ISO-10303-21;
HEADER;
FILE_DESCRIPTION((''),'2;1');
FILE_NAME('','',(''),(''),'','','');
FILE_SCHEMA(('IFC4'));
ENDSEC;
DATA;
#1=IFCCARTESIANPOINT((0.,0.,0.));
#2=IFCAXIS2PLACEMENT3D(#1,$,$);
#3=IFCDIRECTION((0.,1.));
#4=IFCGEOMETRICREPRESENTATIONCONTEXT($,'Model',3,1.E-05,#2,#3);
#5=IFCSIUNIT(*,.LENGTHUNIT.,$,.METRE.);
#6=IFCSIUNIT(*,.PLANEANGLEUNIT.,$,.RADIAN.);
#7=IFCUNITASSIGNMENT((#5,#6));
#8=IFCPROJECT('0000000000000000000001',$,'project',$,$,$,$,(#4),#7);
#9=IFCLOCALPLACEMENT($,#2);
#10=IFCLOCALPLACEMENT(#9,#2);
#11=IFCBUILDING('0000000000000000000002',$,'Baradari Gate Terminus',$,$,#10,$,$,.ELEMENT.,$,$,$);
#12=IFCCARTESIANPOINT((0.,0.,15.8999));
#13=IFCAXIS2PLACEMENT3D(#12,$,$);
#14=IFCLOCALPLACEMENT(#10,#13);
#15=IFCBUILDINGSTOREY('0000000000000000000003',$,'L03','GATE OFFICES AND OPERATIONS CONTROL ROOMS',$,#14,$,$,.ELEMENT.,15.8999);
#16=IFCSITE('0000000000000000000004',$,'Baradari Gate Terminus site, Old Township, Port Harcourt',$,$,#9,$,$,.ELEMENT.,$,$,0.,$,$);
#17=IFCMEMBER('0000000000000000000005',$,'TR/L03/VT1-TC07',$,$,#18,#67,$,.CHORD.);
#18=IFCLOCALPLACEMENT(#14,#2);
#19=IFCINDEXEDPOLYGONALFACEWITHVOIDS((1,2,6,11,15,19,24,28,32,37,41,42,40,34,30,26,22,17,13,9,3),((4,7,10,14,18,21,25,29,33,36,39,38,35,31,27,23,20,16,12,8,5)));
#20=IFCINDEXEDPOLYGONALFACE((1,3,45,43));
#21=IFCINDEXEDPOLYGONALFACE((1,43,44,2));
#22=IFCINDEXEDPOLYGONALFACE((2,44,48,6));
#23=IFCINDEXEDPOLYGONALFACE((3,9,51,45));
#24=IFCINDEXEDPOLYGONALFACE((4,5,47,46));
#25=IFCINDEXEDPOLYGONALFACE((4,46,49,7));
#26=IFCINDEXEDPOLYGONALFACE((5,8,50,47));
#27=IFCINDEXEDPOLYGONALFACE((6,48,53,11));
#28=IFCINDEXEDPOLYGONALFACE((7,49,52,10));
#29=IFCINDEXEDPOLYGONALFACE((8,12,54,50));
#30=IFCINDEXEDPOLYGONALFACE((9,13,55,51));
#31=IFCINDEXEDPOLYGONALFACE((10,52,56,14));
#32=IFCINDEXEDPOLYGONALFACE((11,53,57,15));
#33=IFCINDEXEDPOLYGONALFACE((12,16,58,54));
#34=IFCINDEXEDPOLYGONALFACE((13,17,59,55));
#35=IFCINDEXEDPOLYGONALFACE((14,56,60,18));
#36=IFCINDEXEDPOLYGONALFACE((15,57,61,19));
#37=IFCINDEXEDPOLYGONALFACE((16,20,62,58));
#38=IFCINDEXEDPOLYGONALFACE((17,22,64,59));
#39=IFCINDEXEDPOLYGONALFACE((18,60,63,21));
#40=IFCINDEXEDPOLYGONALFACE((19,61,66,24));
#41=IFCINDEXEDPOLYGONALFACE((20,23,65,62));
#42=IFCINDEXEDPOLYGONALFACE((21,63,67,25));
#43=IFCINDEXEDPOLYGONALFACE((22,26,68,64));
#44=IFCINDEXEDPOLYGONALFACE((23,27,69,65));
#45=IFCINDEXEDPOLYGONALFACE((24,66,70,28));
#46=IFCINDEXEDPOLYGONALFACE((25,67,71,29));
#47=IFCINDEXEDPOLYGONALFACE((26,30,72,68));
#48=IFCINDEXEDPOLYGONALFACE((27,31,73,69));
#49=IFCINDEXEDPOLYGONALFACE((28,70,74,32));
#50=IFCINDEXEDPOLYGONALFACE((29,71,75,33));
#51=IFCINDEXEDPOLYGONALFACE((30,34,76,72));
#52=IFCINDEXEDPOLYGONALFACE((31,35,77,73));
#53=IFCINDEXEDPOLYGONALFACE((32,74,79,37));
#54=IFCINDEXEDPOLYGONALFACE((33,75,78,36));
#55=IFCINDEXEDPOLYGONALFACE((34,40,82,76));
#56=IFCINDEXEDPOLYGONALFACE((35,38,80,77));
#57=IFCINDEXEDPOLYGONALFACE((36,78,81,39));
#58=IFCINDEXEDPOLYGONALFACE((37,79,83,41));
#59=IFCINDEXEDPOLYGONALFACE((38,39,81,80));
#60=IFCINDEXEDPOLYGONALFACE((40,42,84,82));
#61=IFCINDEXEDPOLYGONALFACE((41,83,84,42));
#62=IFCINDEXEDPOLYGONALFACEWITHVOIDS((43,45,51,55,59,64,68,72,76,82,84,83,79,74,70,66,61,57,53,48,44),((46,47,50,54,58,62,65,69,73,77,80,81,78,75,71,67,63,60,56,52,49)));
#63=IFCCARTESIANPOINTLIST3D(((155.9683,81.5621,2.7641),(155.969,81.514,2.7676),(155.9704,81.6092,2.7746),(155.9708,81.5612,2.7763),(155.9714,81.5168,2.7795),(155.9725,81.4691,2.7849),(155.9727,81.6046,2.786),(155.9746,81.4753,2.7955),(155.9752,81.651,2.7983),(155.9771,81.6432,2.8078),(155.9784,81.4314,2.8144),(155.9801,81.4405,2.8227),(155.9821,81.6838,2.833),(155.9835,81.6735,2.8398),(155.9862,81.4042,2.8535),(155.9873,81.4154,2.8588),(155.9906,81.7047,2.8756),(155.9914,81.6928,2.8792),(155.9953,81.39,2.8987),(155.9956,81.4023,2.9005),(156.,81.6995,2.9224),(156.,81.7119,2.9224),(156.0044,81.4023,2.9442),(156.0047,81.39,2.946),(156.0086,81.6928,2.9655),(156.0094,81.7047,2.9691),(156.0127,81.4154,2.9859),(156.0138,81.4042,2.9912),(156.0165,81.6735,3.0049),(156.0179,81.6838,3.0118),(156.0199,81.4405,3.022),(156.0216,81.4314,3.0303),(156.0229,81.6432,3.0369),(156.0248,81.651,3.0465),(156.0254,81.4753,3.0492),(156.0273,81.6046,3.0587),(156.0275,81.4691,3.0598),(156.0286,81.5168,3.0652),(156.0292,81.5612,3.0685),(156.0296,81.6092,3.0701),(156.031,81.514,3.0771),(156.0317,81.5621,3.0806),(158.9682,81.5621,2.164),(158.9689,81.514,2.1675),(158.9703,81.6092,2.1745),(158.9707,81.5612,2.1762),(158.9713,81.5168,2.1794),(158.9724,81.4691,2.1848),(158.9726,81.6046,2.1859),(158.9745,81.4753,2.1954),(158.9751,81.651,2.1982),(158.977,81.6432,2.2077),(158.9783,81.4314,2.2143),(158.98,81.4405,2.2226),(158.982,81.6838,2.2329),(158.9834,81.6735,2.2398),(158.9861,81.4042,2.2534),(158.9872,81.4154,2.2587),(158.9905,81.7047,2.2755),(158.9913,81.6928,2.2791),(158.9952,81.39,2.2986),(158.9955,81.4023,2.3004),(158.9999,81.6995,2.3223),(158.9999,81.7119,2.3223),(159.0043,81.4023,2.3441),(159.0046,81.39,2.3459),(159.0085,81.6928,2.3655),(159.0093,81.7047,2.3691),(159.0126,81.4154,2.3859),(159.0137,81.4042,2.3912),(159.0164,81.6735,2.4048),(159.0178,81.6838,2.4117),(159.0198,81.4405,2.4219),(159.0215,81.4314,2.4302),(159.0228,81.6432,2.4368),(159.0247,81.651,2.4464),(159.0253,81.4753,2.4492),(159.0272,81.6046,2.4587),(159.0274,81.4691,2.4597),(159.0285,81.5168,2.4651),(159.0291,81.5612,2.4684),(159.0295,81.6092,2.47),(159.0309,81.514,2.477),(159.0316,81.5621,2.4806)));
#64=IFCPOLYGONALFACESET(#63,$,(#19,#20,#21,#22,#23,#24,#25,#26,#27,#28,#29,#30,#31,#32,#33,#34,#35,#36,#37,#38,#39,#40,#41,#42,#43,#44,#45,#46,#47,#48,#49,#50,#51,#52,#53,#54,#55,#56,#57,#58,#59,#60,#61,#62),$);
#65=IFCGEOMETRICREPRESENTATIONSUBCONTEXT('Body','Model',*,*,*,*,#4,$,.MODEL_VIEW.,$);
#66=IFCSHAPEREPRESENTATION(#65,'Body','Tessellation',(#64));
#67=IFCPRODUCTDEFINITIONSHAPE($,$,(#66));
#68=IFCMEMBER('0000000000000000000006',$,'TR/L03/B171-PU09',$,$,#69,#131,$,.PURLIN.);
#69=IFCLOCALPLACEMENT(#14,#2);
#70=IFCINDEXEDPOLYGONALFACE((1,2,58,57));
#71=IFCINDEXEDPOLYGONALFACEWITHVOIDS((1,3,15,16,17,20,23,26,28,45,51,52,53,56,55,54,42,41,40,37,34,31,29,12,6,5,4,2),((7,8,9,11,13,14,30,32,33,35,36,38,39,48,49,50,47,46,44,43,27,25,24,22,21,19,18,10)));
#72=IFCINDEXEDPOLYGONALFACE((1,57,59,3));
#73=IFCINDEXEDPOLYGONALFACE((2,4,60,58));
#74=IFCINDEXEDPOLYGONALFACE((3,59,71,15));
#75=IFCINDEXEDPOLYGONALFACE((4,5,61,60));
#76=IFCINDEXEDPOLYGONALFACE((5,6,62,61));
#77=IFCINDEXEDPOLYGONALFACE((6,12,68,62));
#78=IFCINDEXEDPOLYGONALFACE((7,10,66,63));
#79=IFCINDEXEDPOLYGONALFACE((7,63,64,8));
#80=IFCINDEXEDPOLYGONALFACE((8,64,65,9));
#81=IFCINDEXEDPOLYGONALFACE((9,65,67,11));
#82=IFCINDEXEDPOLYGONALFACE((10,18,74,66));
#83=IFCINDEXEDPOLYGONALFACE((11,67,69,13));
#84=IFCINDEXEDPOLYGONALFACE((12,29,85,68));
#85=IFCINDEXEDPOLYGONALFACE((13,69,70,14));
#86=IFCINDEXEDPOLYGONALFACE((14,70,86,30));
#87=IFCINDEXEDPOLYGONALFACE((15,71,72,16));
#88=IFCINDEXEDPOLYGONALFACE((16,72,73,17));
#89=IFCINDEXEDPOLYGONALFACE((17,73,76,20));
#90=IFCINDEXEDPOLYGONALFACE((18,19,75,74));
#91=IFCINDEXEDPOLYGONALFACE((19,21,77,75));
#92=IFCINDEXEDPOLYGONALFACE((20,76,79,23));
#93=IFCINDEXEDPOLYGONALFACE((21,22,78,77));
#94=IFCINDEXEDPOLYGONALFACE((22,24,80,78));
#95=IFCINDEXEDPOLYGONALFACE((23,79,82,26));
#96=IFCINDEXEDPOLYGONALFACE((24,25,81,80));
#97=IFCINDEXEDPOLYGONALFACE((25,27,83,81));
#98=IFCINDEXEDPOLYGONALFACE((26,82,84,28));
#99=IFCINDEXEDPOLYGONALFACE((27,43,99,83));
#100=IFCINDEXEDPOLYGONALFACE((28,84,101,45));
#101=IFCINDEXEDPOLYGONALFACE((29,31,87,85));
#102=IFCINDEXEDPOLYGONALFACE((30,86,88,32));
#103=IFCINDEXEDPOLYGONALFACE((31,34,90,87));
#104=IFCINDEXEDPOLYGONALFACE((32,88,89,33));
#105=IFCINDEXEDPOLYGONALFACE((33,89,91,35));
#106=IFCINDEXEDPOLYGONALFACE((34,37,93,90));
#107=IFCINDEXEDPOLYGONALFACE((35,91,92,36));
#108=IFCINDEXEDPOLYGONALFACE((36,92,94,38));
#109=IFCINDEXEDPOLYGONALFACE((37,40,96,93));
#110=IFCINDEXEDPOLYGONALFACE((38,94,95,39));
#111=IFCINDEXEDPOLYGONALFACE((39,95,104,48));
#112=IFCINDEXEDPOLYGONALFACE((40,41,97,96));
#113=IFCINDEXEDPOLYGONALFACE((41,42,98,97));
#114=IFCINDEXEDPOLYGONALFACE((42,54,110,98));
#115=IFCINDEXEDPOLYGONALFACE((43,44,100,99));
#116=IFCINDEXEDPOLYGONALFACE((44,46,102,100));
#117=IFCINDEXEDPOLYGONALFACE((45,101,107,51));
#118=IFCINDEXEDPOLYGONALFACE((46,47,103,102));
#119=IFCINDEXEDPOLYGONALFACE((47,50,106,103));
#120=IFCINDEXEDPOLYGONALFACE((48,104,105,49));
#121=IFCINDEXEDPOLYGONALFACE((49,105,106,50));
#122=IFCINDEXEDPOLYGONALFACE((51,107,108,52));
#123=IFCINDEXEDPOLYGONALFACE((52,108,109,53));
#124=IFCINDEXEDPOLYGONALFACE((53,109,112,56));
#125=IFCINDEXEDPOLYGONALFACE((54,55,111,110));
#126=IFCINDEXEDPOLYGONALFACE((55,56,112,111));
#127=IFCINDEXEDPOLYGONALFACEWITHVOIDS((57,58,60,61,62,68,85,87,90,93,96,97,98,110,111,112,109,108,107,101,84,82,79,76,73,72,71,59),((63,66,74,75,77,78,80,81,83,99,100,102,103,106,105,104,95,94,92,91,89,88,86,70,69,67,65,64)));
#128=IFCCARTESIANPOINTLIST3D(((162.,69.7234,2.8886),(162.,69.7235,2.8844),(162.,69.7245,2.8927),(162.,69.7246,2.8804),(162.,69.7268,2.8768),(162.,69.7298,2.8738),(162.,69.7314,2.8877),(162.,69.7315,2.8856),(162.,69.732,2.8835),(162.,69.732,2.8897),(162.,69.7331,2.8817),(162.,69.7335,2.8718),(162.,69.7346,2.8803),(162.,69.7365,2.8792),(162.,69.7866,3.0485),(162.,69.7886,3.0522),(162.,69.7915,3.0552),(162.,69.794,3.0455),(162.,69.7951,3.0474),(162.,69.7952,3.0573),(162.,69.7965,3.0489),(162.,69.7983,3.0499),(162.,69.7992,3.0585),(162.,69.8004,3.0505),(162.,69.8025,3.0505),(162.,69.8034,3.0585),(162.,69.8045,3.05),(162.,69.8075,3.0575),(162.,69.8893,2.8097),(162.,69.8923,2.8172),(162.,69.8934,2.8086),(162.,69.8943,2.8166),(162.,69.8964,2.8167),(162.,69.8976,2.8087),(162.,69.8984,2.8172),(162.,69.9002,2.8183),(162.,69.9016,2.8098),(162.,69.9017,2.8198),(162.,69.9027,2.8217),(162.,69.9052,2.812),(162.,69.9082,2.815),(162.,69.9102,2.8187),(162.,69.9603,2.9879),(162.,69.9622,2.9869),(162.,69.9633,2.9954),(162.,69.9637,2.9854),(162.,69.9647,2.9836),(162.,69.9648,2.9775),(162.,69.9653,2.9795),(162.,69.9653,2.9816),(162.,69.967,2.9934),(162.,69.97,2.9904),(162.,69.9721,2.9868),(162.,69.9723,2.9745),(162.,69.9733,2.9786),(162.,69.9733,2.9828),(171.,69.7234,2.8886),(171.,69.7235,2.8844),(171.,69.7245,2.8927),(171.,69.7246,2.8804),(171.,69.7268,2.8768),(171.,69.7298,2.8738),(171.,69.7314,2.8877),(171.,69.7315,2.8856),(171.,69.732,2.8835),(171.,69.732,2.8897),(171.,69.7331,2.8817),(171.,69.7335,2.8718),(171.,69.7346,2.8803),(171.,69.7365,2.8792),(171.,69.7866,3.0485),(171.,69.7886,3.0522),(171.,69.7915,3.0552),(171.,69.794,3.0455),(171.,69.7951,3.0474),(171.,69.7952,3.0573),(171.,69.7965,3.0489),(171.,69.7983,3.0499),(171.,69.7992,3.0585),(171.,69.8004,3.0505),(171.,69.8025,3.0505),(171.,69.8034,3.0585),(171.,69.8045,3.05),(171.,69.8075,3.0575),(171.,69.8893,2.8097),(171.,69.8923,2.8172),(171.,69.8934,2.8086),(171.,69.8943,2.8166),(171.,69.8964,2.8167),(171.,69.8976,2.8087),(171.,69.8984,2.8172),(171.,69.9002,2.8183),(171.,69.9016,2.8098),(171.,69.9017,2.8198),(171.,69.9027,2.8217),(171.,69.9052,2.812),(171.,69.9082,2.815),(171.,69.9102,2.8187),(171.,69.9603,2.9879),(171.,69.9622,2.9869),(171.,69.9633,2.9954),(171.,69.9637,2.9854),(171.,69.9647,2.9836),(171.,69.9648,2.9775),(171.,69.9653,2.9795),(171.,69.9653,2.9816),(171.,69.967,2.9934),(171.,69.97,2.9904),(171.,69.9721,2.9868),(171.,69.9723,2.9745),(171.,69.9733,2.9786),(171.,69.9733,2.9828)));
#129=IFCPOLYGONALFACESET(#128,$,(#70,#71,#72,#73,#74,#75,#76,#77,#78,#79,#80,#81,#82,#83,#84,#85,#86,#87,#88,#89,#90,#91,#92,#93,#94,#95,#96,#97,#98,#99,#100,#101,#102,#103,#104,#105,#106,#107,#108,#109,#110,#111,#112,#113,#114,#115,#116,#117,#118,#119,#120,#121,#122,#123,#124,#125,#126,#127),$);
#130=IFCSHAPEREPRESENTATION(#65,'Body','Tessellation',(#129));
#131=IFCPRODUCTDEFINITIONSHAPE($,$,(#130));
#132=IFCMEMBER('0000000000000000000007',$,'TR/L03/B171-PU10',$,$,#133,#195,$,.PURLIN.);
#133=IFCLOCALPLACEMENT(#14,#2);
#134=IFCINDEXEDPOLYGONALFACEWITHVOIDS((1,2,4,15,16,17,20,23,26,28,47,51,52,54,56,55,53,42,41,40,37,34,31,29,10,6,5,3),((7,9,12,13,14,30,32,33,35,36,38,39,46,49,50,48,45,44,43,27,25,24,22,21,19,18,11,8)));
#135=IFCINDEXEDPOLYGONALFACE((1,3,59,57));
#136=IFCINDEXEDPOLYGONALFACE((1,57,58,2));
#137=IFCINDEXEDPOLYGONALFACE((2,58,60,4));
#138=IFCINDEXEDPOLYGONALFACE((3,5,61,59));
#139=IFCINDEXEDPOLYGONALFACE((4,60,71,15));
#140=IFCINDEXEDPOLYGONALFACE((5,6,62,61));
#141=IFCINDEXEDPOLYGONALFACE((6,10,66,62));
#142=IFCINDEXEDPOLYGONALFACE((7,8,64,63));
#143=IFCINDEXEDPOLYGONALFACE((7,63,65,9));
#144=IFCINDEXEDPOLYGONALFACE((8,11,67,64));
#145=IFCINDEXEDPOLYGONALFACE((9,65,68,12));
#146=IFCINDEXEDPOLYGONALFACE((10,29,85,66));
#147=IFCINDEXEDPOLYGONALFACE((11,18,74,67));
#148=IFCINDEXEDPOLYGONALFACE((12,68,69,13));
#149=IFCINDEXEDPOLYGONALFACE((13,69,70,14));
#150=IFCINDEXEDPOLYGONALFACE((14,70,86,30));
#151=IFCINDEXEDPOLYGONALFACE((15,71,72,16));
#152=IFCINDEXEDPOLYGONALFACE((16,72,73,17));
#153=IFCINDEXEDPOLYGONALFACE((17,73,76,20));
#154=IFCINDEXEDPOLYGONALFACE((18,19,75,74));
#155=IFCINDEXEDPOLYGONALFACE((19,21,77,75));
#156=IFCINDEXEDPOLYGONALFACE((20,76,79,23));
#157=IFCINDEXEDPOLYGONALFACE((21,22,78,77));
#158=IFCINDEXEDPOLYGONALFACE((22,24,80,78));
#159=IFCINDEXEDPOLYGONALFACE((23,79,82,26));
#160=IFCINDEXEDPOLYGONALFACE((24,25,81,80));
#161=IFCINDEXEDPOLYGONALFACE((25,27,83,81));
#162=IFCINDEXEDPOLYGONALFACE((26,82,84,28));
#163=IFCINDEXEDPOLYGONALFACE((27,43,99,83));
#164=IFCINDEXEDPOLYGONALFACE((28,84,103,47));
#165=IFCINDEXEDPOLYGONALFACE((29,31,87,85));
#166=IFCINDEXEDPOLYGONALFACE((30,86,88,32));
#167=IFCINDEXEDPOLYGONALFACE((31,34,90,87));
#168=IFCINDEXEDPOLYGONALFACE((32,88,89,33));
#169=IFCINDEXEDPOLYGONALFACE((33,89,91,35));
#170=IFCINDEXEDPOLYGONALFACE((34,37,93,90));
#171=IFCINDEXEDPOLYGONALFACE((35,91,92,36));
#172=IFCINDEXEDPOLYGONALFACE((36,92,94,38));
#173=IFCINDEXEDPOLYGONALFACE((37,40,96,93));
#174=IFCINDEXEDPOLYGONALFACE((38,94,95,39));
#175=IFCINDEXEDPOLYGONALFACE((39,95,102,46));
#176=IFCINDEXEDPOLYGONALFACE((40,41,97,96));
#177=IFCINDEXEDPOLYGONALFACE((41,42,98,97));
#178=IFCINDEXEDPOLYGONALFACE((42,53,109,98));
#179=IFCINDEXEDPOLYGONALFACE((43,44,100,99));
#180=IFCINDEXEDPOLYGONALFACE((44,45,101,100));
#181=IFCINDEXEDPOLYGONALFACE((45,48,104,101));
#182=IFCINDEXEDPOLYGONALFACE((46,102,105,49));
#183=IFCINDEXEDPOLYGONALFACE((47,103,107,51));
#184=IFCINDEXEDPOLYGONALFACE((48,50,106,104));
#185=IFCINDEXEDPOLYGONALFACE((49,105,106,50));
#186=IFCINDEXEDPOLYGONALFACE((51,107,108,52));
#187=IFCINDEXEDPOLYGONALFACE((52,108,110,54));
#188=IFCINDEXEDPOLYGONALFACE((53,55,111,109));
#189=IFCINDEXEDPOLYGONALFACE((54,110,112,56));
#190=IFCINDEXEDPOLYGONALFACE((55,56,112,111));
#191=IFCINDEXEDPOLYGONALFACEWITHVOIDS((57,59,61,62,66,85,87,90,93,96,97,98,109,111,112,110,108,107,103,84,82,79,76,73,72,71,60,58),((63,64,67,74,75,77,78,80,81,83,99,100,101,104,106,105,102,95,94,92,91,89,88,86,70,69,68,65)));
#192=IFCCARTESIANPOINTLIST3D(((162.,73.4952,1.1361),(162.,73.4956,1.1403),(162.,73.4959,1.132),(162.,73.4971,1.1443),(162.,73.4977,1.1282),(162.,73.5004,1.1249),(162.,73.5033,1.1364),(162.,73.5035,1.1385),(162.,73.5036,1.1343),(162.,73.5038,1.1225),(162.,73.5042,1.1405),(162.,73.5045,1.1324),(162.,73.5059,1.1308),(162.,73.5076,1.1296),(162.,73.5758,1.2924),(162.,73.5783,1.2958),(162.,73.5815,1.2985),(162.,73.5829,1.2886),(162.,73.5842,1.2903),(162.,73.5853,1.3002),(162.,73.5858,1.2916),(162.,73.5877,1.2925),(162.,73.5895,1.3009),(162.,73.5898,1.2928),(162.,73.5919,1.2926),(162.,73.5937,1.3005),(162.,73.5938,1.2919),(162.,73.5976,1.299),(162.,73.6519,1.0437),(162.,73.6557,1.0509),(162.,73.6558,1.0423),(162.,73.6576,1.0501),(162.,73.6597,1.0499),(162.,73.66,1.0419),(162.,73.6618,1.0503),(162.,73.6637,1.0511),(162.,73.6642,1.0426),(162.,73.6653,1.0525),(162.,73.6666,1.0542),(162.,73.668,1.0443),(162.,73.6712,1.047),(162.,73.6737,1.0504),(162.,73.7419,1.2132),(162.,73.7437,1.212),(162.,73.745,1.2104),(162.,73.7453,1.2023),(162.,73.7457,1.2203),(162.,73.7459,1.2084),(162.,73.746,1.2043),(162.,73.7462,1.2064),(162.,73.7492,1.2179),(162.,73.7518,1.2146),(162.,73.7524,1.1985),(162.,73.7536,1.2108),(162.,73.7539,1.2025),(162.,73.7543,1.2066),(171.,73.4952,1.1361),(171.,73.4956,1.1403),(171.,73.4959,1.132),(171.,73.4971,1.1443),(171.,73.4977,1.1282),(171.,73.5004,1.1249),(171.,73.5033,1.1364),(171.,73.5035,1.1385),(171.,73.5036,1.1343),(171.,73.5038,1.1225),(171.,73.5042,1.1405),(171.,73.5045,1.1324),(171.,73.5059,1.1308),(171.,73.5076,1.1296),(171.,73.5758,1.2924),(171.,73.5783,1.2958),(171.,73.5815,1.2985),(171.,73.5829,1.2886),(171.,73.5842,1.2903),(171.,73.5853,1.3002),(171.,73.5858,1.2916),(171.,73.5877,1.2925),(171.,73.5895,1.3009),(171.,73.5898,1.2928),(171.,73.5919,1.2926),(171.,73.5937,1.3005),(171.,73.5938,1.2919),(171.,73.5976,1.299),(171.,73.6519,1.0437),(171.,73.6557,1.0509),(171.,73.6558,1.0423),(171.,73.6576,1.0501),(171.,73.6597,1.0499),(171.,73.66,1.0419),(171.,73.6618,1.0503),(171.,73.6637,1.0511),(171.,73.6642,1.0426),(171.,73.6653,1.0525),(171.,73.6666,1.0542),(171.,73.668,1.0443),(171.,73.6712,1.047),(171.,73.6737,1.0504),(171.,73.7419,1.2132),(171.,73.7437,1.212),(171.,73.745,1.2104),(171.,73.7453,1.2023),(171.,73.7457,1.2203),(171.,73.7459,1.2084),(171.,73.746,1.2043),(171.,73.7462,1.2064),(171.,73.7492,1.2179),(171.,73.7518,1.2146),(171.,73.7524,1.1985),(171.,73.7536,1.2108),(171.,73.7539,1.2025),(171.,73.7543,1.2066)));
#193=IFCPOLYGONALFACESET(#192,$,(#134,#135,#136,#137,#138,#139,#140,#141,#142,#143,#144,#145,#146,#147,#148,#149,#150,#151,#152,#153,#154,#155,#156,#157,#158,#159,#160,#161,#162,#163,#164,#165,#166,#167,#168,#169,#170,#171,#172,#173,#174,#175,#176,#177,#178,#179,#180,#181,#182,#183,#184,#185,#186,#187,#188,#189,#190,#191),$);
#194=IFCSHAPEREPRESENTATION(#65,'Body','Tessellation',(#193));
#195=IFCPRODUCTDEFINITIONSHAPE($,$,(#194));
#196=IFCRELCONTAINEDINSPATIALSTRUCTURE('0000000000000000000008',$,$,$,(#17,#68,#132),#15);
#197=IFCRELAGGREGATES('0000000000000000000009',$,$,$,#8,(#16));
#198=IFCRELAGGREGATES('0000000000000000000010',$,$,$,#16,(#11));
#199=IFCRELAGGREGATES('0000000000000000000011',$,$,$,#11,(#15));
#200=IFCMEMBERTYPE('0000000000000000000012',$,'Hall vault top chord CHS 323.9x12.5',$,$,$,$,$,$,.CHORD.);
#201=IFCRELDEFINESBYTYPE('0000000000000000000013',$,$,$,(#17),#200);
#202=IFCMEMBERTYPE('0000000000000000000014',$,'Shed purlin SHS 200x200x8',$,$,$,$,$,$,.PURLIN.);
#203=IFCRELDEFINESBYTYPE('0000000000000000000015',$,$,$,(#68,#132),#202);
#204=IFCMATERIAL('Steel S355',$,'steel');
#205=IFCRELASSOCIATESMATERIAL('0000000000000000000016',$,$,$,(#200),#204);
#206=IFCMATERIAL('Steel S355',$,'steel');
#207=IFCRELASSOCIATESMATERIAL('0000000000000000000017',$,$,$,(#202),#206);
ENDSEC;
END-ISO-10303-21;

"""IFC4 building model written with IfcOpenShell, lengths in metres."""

from ifc_helpers import new_model, si_unit, direction, frame, origin, origin_2d, place, context, subcontext, project, spatial, hollow_rectangle, hollow_circle, extrude, material, material_profile, profile_set, type_object, element, save


model = new_model("IFC4")

# Units and contexts
model_context = context("Model", 3, precision=1e-05, world=origin(), true_north=direction((0.0, 1.0)))
body_context = subcontext(model_context, "Body", "Model", "MODEL_VIEW")
ifc_project = project(units=[si_unit("LENGTHUNIT", "METRE"), si_unit("PLANEANGLEUNIT", "RADIAN")], contexts=[model_context])

# Site, building, storey
site_placement = place(None, origin())
site = spatial("IfcSite", under=ifc_project, at=site_placement, Name="Baradari Gate Terminus site, Old Township, Port Harcourt", CompositionType="ELEMENT", RefElevation=0.0)
building_placement = place(site_placement, origin())
building = spatial("IfcBuilding", under=site, at=building_placement, Name="Baradari Gate Terminus", CompositionType="ELEMENT")
storey_placement = place(building_placement, frame((0.0, 0.0, 15.8999)))
storey = spatial("IfcBuildingStorey", under=building, at=storey_placement, Name="L03", Description="GATE OFFICES AND OPERATIONS CONTROL ROOMS", CompositionType="ELEMENT", Elevation=15.8999)

# Members
ifc_material_1 = material(Name="Steel S355", Category="steel")
ifc_material_profile_1 = material_profile(ifc_material_1, hollow_circle(Radius=0.1619, WallThickness=0.0125, at=origin_2d()), Name="CHS 323.9x12.5")
ifc_profile_set_1 = profile_set([ifc_material_profile_1], Name="Steel S355")
member_type_1 = type_object("IfcMemberType", Name="Hall vault top chord CHS 323.9x12.5", PredefinedType="CHORD", material=ifc_profile_set_1)
member_1_placement = place(storey_placement, frame((156.0, 81.55, 2.9224), z_axis=(0.980575, 0.0, -0.196147), x_axis=(0.0, 1.0, 0.0)))
element("IfcMember", 1, at=member_1_placement, inside=storey, type_object=member_type_1, Name="TR/L03/VT1-TC07", PredefinedType="CHORD", context=body_context, shape_type="SweptSolid", body=[
    extrude(hollow_circle(Radius=0.1619, WallThickness=0.0125, at=origin_2d()), origin(), (0.0, 0.0, 1.0), 3.0593),
])
ifc_material_2 = material(Name="Steel S355", Category="steel")
ifc_material_profile_2 = material_profile(ifc_material_2, hollow_rectangle(XDim=0.2, YDim=0.2, WallThickness=0.0081, InnerFilletRadius=0.0081, OuterFilletRadius=0.0161, at=origin_2d()), Name="SHS 200x200x8")
ifc_profile_set_2 = profile_set([ifc_material_profile_2], Name="Steel S355")
member_type_2 = type_object("IfcMemberType", Name="Shed purlin SHS 200x200x8", PredefinedType="PURLIN", material=ifc_profile_set_2)
for number, where, z_axis, x_axis, name in (
    (2, (162.0, 69.8484, 2.9336), (1.0, 0.0, 0.0), (0.0, 0.928965, -0.370167), "TR/L03/B171-PU09"),
    (3, (162.0, 73.6248, 1.1714), (1.0, 0.0, 0.0), (0.0, 0.883027, -0.469322), "TR/L03/B171-PU10"),
):
    element("IfcMember", number, at=place(storey_placement, frame(where, z_axis=z_axis, x_axis=x_axis)), inside=storey, type_object=member_type_2, Name=name, PredefinedType="PURLIN", context=body_context, shape_type="SweptSolid", body=[
        extrude(hollow_rectangle(XDim=0.2, YDim=0.2, WallThickness=0.0081, InnerFilletRadius=0.0081, OuterFilletRadius=0.0161, at=origin_2d()), origin(), (0.0, 0.0, 1.0), 9.0),
    ])

save(model, "model.ifc")
